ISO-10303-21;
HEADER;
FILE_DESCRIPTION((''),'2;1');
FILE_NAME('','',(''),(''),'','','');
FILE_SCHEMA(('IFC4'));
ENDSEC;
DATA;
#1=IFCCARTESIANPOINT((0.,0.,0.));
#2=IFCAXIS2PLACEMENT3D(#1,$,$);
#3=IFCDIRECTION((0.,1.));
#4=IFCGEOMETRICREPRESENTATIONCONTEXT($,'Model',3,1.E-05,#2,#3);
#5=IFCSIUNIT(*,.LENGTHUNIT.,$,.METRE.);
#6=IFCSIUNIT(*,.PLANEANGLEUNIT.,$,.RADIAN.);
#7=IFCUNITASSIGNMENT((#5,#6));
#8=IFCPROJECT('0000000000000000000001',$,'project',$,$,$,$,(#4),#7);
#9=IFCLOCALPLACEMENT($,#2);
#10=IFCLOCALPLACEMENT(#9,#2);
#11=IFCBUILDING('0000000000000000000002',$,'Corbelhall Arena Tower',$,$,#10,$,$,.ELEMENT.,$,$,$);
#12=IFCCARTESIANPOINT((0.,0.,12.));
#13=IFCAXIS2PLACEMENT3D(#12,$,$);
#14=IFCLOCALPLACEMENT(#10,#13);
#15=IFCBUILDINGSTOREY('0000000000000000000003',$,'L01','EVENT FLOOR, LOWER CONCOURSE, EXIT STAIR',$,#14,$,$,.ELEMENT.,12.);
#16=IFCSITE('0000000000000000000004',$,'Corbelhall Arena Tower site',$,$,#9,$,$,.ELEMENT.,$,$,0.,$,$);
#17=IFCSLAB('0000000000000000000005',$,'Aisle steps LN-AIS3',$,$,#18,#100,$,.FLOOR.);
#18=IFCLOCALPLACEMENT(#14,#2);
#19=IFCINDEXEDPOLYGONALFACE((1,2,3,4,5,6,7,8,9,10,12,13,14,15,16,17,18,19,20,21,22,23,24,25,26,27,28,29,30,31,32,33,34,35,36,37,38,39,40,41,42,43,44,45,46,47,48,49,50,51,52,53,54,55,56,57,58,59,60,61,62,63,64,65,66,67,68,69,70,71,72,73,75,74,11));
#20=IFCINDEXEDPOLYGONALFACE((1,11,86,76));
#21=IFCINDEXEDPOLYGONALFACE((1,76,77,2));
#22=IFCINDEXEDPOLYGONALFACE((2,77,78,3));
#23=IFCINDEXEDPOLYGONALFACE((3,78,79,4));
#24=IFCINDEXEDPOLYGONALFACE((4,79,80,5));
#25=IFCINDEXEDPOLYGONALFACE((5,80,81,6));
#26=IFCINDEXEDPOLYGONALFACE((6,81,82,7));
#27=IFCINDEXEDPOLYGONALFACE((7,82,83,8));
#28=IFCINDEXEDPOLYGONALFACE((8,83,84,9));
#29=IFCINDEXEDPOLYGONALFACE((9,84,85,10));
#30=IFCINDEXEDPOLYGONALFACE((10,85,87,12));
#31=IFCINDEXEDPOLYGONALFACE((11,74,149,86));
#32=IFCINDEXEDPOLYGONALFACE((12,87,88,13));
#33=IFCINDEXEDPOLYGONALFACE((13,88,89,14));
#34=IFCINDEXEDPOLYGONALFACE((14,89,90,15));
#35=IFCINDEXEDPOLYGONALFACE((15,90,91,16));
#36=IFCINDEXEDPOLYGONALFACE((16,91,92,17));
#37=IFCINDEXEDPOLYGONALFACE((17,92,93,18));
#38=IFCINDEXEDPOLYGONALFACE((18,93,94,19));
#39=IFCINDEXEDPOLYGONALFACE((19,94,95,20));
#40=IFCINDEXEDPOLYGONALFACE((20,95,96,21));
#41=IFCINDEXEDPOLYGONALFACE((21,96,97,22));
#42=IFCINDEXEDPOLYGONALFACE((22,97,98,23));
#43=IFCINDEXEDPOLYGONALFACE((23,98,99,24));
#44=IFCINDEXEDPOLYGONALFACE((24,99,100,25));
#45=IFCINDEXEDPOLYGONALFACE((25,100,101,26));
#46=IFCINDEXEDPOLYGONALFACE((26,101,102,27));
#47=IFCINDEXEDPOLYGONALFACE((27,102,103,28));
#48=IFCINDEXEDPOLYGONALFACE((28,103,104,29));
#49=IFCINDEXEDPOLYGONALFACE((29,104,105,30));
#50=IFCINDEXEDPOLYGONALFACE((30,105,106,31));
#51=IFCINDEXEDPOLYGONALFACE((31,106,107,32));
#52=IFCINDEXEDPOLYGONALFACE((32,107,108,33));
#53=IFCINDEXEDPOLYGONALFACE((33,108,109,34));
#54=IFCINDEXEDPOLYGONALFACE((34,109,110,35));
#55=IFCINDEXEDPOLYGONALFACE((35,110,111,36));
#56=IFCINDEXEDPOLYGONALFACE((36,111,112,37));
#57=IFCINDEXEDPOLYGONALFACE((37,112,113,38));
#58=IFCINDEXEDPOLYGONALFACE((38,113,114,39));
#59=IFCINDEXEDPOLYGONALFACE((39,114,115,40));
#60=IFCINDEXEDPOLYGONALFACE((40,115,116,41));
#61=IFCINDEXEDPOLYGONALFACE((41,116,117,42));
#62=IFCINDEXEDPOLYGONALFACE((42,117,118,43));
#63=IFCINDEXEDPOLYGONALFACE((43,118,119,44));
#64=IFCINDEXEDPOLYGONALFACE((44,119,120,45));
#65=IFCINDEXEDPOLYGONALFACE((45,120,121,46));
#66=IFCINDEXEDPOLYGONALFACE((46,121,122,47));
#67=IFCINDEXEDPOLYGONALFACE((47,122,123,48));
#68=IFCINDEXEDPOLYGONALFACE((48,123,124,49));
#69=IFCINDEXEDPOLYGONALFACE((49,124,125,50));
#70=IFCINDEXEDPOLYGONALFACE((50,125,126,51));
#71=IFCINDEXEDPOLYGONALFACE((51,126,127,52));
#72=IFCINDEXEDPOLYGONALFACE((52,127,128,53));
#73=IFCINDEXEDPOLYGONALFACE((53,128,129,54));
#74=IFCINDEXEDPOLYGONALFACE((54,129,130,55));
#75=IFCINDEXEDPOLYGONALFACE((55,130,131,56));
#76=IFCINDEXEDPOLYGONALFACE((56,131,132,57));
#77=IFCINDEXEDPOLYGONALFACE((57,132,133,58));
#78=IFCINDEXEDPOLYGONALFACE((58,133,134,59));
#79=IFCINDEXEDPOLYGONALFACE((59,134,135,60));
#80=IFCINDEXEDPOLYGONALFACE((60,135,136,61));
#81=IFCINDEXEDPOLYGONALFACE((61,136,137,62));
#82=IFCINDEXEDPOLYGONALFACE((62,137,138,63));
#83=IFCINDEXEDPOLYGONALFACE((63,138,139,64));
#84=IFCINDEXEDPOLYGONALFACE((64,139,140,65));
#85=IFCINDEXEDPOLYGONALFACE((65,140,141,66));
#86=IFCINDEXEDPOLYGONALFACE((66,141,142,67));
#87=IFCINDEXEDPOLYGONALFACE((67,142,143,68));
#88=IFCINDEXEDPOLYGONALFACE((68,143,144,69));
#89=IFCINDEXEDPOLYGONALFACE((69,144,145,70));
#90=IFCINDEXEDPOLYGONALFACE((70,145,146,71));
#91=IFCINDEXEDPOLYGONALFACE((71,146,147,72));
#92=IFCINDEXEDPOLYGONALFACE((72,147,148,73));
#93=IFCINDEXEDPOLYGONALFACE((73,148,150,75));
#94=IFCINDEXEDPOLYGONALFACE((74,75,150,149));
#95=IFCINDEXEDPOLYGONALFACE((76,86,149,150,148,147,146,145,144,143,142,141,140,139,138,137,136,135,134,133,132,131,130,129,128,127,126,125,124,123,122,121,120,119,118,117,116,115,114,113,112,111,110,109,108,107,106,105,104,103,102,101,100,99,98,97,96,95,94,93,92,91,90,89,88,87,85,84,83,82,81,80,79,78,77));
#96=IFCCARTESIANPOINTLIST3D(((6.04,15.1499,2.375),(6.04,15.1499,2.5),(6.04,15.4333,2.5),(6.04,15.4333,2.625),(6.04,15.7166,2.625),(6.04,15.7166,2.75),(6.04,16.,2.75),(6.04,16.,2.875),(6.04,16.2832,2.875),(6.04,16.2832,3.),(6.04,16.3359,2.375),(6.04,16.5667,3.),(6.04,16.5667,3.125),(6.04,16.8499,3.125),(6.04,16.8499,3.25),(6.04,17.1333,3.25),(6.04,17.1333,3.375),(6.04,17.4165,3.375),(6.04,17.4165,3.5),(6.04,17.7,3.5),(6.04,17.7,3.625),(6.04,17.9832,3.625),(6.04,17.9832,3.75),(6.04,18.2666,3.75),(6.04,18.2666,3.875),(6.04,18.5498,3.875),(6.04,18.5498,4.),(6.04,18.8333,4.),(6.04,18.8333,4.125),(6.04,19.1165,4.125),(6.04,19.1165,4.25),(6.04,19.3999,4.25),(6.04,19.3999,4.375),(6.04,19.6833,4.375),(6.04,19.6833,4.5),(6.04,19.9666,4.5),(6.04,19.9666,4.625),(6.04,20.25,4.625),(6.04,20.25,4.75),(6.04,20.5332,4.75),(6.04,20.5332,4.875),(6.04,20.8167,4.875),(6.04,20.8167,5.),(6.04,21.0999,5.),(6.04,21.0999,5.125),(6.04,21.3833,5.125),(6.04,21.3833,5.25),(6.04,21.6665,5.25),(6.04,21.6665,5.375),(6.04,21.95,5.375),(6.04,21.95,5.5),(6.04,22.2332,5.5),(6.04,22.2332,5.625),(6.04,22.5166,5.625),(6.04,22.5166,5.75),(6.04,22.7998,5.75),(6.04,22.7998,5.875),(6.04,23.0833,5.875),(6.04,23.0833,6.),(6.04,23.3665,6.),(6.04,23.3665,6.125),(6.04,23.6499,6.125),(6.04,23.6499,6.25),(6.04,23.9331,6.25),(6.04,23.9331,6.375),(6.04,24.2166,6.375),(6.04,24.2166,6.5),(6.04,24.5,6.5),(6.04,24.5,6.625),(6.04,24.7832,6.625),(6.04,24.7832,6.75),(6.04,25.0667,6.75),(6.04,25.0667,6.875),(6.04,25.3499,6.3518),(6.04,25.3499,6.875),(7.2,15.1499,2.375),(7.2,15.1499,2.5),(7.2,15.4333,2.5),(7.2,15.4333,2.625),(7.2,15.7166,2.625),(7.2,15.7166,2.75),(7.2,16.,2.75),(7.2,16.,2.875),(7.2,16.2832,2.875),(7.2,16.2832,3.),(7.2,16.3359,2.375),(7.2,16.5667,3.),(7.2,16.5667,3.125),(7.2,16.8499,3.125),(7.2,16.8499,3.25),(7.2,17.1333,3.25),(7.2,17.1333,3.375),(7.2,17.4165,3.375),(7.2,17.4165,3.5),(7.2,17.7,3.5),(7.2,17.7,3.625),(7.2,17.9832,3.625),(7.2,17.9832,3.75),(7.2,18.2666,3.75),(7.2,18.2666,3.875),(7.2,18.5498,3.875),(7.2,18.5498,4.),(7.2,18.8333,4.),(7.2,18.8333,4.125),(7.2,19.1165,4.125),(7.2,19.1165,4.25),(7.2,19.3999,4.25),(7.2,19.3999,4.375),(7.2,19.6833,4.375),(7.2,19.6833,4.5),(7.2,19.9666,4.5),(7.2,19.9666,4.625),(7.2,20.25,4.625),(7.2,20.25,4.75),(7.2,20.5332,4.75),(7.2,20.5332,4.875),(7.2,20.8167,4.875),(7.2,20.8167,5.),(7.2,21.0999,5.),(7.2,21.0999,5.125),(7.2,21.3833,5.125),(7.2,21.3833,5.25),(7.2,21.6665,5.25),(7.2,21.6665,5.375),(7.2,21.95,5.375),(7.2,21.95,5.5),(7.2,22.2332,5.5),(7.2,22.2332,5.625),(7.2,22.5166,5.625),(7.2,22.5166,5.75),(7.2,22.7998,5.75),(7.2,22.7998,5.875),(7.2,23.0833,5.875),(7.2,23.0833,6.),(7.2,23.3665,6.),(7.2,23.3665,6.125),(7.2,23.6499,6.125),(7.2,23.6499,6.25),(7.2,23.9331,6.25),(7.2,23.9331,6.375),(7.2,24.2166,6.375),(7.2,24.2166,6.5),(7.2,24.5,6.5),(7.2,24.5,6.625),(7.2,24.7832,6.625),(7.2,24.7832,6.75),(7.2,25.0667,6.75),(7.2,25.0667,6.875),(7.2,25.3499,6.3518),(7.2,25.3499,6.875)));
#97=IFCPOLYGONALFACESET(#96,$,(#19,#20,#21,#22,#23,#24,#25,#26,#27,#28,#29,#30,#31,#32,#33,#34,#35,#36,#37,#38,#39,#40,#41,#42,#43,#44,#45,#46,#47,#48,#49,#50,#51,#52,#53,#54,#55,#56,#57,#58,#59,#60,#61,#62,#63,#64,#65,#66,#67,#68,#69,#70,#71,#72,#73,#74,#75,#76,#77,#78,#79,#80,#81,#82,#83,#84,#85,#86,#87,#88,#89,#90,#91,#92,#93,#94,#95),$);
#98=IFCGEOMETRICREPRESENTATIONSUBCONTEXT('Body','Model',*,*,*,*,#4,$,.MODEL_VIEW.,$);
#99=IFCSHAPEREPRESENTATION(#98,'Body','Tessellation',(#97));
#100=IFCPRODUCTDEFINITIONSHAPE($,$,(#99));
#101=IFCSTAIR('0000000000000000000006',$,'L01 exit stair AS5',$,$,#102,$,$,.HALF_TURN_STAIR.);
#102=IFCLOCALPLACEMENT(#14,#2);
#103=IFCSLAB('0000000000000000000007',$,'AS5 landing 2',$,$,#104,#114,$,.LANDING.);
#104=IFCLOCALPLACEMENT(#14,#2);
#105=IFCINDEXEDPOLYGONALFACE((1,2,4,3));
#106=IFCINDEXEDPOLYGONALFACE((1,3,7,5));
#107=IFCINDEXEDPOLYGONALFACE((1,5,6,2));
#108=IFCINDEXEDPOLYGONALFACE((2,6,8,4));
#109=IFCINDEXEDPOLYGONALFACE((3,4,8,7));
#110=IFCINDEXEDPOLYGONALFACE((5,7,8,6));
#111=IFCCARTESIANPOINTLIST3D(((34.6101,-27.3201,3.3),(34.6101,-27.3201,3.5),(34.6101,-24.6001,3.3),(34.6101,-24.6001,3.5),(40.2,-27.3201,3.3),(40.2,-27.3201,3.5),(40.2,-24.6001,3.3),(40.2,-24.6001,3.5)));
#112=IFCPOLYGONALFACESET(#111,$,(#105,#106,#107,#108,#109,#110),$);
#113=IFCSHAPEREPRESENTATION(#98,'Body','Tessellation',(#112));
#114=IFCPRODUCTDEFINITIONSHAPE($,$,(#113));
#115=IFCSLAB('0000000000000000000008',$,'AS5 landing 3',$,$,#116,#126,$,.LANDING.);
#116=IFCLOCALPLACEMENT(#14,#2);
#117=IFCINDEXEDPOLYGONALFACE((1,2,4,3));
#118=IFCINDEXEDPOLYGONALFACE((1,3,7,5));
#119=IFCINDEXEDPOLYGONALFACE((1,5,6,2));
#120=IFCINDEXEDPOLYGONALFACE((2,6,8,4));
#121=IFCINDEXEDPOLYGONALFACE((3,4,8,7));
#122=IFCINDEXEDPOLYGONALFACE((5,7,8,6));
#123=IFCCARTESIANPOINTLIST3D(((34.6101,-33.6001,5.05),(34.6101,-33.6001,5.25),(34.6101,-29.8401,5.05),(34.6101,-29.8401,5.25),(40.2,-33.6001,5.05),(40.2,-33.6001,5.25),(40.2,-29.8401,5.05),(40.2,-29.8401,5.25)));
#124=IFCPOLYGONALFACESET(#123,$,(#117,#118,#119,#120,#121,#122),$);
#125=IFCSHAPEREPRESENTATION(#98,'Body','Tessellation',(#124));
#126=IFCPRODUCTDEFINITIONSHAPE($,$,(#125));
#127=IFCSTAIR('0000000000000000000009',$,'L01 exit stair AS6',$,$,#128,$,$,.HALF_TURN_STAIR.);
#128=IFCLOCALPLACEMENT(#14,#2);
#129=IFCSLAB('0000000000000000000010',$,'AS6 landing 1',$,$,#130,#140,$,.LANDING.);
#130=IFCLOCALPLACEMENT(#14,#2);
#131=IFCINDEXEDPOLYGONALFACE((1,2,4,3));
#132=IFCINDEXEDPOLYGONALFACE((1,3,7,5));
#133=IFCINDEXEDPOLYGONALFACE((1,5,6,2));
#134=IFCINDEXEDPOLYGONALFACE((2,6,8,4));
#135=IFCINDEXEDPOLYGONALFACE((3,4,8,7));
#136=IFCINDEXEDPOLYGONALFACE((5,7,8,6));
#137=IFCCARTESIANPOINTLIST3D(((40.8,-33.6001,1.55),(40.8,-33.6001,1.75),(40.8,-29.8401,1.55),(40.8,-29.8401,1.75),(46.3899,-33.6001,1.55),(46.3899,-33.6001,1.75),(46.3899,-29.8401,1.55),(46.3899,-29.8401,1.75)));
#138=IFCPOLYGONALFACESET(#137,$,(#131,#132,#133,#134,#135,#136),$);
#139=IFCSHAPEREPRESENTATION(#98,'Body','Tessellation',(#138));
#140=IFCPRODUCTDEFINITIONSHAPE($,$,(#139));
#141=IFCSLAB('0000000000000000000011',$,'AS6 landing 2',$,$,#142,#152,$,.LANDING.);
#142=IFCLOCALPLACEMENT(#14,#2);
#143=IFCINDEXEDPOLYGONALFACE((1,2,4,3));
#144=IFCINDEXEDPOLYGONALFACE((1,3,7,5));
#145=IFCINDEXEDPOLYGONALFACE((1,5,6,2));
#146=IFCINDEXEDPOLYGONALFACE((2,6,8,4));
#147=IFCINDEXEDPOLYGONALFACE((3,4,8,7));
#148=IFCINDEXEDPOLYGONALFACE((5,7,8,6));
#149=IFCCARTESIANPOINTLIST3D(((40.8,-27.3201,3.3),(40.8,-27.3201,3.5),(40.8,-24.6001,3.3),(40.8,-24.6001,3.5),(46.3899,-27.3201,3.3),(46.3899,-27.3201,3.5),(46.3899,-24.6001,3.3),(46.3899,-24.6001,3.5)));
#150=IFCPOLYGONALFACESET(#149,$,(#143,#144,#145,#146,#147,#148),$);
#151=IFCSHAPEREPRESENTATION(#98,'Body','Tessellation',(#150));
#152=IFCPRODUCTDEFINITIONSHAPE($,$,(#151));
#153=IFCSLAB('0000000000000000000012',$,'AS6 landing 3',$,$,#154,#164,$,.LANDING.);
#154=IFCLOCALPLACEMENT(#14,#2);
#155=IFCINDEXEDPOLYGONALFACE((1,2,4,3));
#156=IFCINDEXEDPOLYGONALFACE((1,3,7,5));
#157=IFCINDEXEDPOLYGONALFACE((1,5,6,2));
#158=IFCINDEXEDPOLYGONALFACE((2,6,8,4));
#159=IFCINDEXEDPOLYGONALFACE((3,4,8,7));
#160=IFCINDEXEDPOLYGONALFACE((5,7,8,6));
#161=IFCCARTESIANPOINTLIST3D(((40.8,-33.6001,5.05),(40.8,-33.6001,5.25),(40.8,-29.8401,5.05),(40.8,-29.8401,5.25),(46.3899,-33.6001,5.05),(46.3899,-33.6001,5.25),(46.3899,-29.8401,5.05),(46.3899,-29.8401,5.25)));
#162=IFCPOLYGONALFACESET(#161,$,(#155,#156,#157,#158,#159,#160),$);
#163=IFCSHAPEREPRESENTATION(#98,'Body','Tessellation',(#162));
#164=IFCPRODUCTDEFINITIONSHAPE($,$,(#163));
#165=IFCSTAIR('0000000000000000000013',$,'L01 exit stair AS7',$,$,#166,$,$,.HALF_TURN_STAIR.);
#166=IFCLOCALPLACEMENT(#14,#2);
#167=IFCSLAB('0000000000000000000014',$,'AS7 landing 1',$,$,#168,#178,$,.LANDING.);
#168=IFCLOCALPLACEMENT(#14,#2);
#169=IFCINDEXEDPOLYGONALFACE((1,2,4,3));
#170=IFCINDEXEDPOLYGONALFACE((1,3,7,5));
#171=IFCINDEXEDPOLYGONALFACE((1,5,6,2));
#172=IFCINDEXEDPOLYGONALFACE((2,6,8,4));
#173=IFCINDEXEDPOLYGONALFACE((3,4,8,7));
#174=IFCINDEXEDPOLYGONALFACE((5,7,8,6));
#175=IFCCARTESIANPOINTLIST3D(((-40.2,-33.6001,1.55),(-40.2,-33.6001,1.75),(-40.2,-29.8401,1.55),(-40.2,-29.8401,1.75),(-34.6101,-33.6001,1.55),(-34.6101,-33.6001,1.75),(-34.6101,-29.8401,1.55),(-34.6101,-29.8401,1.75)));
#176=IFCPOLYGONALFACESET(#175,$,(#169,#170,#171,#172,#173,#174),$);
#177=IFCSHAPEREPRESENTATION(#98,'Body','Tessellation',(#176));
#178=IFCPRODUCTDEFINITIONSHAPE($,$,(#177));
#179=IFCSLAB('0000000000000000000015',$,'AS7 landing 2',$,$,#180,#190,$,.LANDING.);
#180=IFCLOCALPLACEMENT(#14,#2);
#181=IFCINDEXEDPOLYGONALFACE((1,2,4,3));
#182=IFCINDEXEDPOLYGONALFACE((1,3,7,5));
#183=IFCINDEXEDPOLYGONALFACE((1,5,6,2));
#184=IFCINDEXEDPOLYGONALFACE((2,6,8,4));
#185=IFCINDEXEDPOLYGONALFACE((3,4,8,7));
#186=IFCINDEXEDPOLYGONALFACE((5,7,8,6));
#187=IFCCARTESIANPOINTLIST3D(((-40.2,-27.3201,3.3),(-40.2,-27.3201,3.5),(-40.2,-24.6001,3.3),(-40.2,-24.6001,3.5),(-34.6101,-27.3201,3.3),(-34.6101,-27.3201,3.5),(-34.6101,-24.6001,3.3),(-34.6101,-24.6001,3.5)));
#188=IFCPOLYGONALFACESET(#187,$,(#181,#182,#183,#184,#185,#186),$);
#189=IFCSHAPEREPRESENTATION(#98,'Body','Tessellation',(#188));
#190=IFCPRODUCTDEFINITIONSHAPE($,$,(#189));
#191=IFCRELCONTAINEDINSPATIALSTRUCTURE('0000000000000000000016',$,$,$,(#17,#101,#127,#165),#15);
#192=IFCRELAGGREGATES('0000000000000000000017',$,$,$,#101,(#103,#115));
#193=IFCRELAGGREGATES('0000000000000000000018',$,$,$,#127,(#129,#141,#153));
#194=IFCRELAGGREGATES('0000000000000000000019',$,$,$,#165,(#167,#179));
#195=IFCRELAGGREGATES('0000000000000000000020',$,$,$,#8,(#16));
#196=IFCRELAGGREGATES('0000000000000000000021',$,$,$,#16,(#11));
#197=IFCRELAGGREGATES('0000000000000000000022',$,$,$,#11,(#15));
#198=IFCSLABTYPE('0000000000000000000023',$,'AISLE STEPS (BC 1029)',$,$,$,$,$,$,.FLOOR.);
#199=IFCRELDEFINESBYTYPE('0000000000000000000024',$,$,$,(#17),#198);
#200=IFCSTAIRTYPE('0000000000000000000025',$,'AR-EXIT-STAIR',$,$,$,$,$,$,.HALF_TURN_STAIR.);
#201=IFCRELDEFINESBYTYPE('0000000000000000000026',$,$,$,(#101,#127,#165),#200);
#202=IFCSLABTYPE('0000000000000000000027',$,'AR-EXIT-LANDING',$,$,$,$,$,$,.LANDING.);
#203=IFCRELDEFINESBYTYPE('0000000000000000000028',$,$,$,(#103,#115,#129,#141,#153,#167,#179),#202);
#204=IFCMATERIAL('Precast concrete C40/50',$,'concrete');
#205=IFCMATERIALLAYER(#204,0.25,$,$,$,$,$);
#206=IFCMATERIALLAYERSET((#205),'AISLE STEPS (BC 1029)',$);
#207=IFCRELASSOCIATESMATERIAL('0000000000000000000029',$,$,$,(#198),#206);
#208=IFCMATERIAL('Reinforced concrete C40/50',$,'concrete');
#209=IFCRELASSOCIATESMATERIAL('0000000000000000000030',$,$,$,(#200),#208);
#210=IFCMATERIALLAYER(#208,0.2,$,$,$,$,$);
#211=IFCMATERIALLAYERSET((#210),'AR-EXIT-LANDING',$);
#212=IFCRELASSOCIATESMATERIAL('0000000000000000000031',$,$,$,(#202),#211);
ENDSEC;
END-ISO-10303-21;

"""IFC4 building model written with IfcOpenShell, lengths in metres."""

from ifc_helpers import new_model, si_unit, direction, frame, origin, place, context, subcontext, project, spatial, polyline, outline, extrude, material, layer, layer_set, type_object, element, aggregate, save


model = new_model("IFC4")

# Units and contexts
model_context = context("Model", 3, precision=1e-05, world=origin(), true_north=direction((0.0, 1.0)))
body_context = subcontext(model_context, "Body", "Model", "MODEL_VIEW")
ifc_project = project(units=[si_unit("LENGTHUNIT", "METRE"), si_unit("PLANEANGLEUNIT", "RADIAN")], contexts=[model_context])

# Site, building, storey
site_placement = place(None, origin())
site = spatial("IfcSite", under=ifc_project, at=site_placement, Name="Corbelhall Arena Tower site", CompositionType="ELEMENT", RefElevation=0.0)
building_placement = place(site_placement, origin())
building = spatial("IfcBuilding", under=site, at=building_placement, Name="Corbelhall Arena Tower", CompositionType="ELEMENT")
storey_placement = place(building_placement, frame((0.0, 0.0, 12.0)))
storey = spatial("IfcBuildingStorey", under=building, at=storey_placement, Name="L01", Description="EVENT FLOOR, LOWER CONCOURSE, EXIT STAIR", CompositionType="ELEMENT", Elevation=12.0)

# Slab
ifc_material_1 = material(Name="Precast concrete C40/50", Category="concrete")
ifc_layer_1 = layer(ifc_material_1, 0.25)
ifc_layer_set_1 = layer_set([ifc_layer_1], Name="AISLE STEPS (BC 1029)")
slab_type_1 = type_object("IfcSlabType", Name="AISLE STEPS (BC 1029)", PredefinedType="FLOOR", material=ifc_layer_set_1)
slab_1_placement = place(storey_placement, frame((6.6201, 15.1499, 2.375), z_axis=(0.0, 0.0, 1.0), x_axis=(0.0, 1.0, 0.0)))
element("IfcSlab", 1, at=slab_1_placement, inside=storey, type_object=slab_type_1, Name="Aisle steps LN-AIS3", PredefinedType="FLOOR", context=body_context, shape_type="SweptSolid", body=[
    extrude(outline(polyline([(0.0, 0.0), (0.0, 0.125), (0.2834, 0.125), (0.2834, 0.25), (0.5667, 0.25), (0.5667, 0.375), (0.8501, 0.375), (0.8501, 0.5), (1.1333, 0.5), (1.1333, 0.625), (1.4167, 0.625), (1.4167, 0.75), (1.7, 0.75), (1.7, 0.875), (1.9834, 0.875), (1.9834, 1.0), (2.2666, 1.0), (2.2666, 1.125), (2.55, 1.125), (2.55, 1.25), (2.8333, 1.25), (2.8333, 1.375), (3.1167, 1.375), (3.1167, 1.5), (3.3999, 1.5), (3.3999, 1.625), (3.6833, 1.625), (3.6833, 1.75), (3.9666, 1.75), (3.9666, 1.875), (4.25, 1.875), (4.25, 2.0), (4.5334, 2.0), (4.5334, 2.125), (4.8167, 2.125), (4.8167, 2.25), (5.1001, 2.25), (5.1001, 2.375), (5.3833, 2.375), (5.3833, 2.5), (5.6667, 2.5), (5.6667, 2.625), (5.95, 2.625), (5.95, 2.75), (6.2334, 2.75), (6.2334, 2.875), (6.5166, 2.875), (6.5166, 3.0), (6.8, 3.0), (6.8, 3.125), (7.0833, 3.125), (7.0833, 3.25), (7.3667, 3.25), (7.3667, 3.375), (7.6499, 3.375), (7.6499, 3.5), (7.9333, 3.5), (7.9333, 3.625), (8.2166, 3.625), (8.2166, 3.75), (8.5, 3.75), (8.5, 3.875), (8.7832, 3.875), (8.7832, 4.0), (9.0667, 4.0), (9.0667, 4.125), (9.3501, 4.125), (9.3501, 4.25), (9.6333, 4.25), (9.6333, 4.375), (9.9167, 4.375), (9.9167, 4.5), (10.2, 4.5), (10.2, 4.625), (10.2, 3.9768), (1.186, 0.0), (0.0, 0.0)])), frame((0.0, 0.5801, 0.0), z_axis=(0.0, -1.0, 0.0), x_axis=(1.0, 0.0, 0.0)), (0.0, 0.0, 1.0), 1.1599),
])

# Stairs, slabs
ifc_material_2 = material(Name="Reinforced concrete C40/50", Category="concrete")
stair_type = type_object("IfcStairType", Name="AR-EXIT-STAIR", PredefinedType="HALF_TURN_STAIR", material=ifc_material_2)
stair_1_placement = place(storey_placement, origin())
stair_1 = element("IfcStair", 2, at=stair_1_placement, inside=storey, type_object=stair_type, Name="L01 exit stair AS5", PredefinedType="HALF_TURN_STAIR")
ifc_layer_2 = layer(ifc_material_2, 0.2)
ifc_layer_set_2 = layer_set([ifc_layer_2], Name="AR-EXIT-LANDING")
slab_type_2 = type_object("IfcSlabType", Name="AR-EXIT-LANDING", PredefinedType="LANDING", material=ifc_layer_set_2)
slab_2_placement = place(storey_placement, frame((0.0, 0.0, 3.3)))
slab_2 = element("IfcSlab", 3, at=slab_2_placement, type_object=slab_type_2, Name="AS5 landing 2", PredefinedType="LANDING", context=body_context, shape_type="SweptSolid", body=[
    extrude(outline(polyline([(34.6101, -24.6001), (34.6101, -27.3201), (40.2, -27.3201), (40.2, -24.6001), (34.6101, -24.6001)])), origin(), (0.0, 0.0, 1.0), 0.2),
])
slab_3_placement = place(storey_placement, frame((0.0, 0.0, 5.05)))
slab_3 = element("IfcSlab", 4, at=slab_3_placement, type_object=slab_type_2, Name="AS5 landing 3", PredefinedType="LANDING", context=body_context, shape_type="SweptSolid", body=[
    extrude(outline(polyline([(34.6101, -29.8401), (34.6101, -33.6001), (40.2, -33.6001), (40.2, -29.8401), (34.6101, -29.8401)])), origin(), (0.0, 0.0, 1.0), 0.2),
])
aggregate(stair_1, [slab_2, slab_3])
stair_2_placement = place(storey_placement, origin())
stair_2 = element("IfcStair", 5, at=stair_2_placement, inside=storey, type_object=stair_type, Name="L01 exit stair AS6", PredefinedType="HALF_TURN_STAIR")
slab_4_placement = place(storey_placement, frame((0.0, 0.0, 1.55)))
slab_4 = element("IfcSlab", 6, at=slab_4_placement, type_object=slab_type_2, Name="AS6 landing 1", PredefinedType="LANDING", context=body_context, shape_type="SweptSolid", body=[
    extrude(outline(polyline([(40.8, -29.8401), (40.8, -33.6001), (46.3899, -33.6001), (46.3899, -29.8401), (40.8, -29.8401)])), origin(), (0.0, 0.0, 1.0), 0.2),
])
slab_5_placement = place(storey_placement, frame((0.0, 0.0, 3.3)))
slab_5 = element("IfcSlab", 7, at=slab_5_placement, type_object=slab_type_2, Name="AS6 landing 2", PredefinedType="LANDING", context=body_context, shape_type="SweptSolid", body=[
    extrude(outline(polyline([(40.8, -24.6001), (40.8, -27.3201), (46.3899, -27.3201), (46.3899, -24.6001), (40.8, -24.6001)])), origin(), (0.0, 0.0, 1.0), 0.2),
])
slab_6_placement = place(storey_placement, frame((0.0, 0.0, 5.05)))
slab_6 = element("IfcSlab", 8, at=slab_6_placement, type_object=slab_type_2, Name="AS6 landing 3", PredefinedType="LANDING", context=body_context, shape_type="SweptSolid", body=[
    extrude(outline(polyline([(40.8, -29.8401), (40.8, -33.6001), (46.3899, -33.6001), (46.3899, -29.8401), (40.8, -29.8401)])), origin(), (0.0, 0.0, 1.0), 0.2),
])
aggregate(stair_2, [slab_4, slab_5, slab_6])
stair_3_placement = place(storey_placement, origin())
stair_3 = element("IfcStair", 9, at=stair_3_placement, inside=storey, type_object=stair_type, Name="L01 exit stair AS7", PredefinedType="HALF_TURN_STAIR")
slab_7_placement = place(storey_placement, frame((0.0, 0.0, 1.55)))
slab_7 = element("IfcSlab", 10, at=slab_7_placement, type_object=slab_type_2, Name="AS7 landing 1", PredefinedType="LANDING", context=body_context, shape_type="SweptSolid", body=[
    extrude(outline(polyline([(-40.2, -29.8401), (-40.2, -33.6001), (-34.6101, -33.6001), (-34.6101, -29.8401), (-40.2, -29.8401)])), origin(), (0.0, 0.0, 1.0), 0.2),
])
slab_8_placement = place(storey_placement, frame((0.0, 0.0, 3.3)))
slab_8 = element("IfcSlab", 11, at=slab_8_placement, type_object=slab_type_2, Name="AS7 landing 2", PredefinedType="LANDING", context=body_context, shape_type="SweptSolid", body=[
    extrude(outline(polyline([(-40.2, -24.6001), (-40.2, -27.3201), (-34.6101, -27.3201), (-34.6101, -24.6001), (-40.2, -24.6001)])), origin(), (0.0, 0.0, 1.0), 0.2),
])
aggregate(stair_3, [slab_7, slab_8])

save(model, "model.ifc")
